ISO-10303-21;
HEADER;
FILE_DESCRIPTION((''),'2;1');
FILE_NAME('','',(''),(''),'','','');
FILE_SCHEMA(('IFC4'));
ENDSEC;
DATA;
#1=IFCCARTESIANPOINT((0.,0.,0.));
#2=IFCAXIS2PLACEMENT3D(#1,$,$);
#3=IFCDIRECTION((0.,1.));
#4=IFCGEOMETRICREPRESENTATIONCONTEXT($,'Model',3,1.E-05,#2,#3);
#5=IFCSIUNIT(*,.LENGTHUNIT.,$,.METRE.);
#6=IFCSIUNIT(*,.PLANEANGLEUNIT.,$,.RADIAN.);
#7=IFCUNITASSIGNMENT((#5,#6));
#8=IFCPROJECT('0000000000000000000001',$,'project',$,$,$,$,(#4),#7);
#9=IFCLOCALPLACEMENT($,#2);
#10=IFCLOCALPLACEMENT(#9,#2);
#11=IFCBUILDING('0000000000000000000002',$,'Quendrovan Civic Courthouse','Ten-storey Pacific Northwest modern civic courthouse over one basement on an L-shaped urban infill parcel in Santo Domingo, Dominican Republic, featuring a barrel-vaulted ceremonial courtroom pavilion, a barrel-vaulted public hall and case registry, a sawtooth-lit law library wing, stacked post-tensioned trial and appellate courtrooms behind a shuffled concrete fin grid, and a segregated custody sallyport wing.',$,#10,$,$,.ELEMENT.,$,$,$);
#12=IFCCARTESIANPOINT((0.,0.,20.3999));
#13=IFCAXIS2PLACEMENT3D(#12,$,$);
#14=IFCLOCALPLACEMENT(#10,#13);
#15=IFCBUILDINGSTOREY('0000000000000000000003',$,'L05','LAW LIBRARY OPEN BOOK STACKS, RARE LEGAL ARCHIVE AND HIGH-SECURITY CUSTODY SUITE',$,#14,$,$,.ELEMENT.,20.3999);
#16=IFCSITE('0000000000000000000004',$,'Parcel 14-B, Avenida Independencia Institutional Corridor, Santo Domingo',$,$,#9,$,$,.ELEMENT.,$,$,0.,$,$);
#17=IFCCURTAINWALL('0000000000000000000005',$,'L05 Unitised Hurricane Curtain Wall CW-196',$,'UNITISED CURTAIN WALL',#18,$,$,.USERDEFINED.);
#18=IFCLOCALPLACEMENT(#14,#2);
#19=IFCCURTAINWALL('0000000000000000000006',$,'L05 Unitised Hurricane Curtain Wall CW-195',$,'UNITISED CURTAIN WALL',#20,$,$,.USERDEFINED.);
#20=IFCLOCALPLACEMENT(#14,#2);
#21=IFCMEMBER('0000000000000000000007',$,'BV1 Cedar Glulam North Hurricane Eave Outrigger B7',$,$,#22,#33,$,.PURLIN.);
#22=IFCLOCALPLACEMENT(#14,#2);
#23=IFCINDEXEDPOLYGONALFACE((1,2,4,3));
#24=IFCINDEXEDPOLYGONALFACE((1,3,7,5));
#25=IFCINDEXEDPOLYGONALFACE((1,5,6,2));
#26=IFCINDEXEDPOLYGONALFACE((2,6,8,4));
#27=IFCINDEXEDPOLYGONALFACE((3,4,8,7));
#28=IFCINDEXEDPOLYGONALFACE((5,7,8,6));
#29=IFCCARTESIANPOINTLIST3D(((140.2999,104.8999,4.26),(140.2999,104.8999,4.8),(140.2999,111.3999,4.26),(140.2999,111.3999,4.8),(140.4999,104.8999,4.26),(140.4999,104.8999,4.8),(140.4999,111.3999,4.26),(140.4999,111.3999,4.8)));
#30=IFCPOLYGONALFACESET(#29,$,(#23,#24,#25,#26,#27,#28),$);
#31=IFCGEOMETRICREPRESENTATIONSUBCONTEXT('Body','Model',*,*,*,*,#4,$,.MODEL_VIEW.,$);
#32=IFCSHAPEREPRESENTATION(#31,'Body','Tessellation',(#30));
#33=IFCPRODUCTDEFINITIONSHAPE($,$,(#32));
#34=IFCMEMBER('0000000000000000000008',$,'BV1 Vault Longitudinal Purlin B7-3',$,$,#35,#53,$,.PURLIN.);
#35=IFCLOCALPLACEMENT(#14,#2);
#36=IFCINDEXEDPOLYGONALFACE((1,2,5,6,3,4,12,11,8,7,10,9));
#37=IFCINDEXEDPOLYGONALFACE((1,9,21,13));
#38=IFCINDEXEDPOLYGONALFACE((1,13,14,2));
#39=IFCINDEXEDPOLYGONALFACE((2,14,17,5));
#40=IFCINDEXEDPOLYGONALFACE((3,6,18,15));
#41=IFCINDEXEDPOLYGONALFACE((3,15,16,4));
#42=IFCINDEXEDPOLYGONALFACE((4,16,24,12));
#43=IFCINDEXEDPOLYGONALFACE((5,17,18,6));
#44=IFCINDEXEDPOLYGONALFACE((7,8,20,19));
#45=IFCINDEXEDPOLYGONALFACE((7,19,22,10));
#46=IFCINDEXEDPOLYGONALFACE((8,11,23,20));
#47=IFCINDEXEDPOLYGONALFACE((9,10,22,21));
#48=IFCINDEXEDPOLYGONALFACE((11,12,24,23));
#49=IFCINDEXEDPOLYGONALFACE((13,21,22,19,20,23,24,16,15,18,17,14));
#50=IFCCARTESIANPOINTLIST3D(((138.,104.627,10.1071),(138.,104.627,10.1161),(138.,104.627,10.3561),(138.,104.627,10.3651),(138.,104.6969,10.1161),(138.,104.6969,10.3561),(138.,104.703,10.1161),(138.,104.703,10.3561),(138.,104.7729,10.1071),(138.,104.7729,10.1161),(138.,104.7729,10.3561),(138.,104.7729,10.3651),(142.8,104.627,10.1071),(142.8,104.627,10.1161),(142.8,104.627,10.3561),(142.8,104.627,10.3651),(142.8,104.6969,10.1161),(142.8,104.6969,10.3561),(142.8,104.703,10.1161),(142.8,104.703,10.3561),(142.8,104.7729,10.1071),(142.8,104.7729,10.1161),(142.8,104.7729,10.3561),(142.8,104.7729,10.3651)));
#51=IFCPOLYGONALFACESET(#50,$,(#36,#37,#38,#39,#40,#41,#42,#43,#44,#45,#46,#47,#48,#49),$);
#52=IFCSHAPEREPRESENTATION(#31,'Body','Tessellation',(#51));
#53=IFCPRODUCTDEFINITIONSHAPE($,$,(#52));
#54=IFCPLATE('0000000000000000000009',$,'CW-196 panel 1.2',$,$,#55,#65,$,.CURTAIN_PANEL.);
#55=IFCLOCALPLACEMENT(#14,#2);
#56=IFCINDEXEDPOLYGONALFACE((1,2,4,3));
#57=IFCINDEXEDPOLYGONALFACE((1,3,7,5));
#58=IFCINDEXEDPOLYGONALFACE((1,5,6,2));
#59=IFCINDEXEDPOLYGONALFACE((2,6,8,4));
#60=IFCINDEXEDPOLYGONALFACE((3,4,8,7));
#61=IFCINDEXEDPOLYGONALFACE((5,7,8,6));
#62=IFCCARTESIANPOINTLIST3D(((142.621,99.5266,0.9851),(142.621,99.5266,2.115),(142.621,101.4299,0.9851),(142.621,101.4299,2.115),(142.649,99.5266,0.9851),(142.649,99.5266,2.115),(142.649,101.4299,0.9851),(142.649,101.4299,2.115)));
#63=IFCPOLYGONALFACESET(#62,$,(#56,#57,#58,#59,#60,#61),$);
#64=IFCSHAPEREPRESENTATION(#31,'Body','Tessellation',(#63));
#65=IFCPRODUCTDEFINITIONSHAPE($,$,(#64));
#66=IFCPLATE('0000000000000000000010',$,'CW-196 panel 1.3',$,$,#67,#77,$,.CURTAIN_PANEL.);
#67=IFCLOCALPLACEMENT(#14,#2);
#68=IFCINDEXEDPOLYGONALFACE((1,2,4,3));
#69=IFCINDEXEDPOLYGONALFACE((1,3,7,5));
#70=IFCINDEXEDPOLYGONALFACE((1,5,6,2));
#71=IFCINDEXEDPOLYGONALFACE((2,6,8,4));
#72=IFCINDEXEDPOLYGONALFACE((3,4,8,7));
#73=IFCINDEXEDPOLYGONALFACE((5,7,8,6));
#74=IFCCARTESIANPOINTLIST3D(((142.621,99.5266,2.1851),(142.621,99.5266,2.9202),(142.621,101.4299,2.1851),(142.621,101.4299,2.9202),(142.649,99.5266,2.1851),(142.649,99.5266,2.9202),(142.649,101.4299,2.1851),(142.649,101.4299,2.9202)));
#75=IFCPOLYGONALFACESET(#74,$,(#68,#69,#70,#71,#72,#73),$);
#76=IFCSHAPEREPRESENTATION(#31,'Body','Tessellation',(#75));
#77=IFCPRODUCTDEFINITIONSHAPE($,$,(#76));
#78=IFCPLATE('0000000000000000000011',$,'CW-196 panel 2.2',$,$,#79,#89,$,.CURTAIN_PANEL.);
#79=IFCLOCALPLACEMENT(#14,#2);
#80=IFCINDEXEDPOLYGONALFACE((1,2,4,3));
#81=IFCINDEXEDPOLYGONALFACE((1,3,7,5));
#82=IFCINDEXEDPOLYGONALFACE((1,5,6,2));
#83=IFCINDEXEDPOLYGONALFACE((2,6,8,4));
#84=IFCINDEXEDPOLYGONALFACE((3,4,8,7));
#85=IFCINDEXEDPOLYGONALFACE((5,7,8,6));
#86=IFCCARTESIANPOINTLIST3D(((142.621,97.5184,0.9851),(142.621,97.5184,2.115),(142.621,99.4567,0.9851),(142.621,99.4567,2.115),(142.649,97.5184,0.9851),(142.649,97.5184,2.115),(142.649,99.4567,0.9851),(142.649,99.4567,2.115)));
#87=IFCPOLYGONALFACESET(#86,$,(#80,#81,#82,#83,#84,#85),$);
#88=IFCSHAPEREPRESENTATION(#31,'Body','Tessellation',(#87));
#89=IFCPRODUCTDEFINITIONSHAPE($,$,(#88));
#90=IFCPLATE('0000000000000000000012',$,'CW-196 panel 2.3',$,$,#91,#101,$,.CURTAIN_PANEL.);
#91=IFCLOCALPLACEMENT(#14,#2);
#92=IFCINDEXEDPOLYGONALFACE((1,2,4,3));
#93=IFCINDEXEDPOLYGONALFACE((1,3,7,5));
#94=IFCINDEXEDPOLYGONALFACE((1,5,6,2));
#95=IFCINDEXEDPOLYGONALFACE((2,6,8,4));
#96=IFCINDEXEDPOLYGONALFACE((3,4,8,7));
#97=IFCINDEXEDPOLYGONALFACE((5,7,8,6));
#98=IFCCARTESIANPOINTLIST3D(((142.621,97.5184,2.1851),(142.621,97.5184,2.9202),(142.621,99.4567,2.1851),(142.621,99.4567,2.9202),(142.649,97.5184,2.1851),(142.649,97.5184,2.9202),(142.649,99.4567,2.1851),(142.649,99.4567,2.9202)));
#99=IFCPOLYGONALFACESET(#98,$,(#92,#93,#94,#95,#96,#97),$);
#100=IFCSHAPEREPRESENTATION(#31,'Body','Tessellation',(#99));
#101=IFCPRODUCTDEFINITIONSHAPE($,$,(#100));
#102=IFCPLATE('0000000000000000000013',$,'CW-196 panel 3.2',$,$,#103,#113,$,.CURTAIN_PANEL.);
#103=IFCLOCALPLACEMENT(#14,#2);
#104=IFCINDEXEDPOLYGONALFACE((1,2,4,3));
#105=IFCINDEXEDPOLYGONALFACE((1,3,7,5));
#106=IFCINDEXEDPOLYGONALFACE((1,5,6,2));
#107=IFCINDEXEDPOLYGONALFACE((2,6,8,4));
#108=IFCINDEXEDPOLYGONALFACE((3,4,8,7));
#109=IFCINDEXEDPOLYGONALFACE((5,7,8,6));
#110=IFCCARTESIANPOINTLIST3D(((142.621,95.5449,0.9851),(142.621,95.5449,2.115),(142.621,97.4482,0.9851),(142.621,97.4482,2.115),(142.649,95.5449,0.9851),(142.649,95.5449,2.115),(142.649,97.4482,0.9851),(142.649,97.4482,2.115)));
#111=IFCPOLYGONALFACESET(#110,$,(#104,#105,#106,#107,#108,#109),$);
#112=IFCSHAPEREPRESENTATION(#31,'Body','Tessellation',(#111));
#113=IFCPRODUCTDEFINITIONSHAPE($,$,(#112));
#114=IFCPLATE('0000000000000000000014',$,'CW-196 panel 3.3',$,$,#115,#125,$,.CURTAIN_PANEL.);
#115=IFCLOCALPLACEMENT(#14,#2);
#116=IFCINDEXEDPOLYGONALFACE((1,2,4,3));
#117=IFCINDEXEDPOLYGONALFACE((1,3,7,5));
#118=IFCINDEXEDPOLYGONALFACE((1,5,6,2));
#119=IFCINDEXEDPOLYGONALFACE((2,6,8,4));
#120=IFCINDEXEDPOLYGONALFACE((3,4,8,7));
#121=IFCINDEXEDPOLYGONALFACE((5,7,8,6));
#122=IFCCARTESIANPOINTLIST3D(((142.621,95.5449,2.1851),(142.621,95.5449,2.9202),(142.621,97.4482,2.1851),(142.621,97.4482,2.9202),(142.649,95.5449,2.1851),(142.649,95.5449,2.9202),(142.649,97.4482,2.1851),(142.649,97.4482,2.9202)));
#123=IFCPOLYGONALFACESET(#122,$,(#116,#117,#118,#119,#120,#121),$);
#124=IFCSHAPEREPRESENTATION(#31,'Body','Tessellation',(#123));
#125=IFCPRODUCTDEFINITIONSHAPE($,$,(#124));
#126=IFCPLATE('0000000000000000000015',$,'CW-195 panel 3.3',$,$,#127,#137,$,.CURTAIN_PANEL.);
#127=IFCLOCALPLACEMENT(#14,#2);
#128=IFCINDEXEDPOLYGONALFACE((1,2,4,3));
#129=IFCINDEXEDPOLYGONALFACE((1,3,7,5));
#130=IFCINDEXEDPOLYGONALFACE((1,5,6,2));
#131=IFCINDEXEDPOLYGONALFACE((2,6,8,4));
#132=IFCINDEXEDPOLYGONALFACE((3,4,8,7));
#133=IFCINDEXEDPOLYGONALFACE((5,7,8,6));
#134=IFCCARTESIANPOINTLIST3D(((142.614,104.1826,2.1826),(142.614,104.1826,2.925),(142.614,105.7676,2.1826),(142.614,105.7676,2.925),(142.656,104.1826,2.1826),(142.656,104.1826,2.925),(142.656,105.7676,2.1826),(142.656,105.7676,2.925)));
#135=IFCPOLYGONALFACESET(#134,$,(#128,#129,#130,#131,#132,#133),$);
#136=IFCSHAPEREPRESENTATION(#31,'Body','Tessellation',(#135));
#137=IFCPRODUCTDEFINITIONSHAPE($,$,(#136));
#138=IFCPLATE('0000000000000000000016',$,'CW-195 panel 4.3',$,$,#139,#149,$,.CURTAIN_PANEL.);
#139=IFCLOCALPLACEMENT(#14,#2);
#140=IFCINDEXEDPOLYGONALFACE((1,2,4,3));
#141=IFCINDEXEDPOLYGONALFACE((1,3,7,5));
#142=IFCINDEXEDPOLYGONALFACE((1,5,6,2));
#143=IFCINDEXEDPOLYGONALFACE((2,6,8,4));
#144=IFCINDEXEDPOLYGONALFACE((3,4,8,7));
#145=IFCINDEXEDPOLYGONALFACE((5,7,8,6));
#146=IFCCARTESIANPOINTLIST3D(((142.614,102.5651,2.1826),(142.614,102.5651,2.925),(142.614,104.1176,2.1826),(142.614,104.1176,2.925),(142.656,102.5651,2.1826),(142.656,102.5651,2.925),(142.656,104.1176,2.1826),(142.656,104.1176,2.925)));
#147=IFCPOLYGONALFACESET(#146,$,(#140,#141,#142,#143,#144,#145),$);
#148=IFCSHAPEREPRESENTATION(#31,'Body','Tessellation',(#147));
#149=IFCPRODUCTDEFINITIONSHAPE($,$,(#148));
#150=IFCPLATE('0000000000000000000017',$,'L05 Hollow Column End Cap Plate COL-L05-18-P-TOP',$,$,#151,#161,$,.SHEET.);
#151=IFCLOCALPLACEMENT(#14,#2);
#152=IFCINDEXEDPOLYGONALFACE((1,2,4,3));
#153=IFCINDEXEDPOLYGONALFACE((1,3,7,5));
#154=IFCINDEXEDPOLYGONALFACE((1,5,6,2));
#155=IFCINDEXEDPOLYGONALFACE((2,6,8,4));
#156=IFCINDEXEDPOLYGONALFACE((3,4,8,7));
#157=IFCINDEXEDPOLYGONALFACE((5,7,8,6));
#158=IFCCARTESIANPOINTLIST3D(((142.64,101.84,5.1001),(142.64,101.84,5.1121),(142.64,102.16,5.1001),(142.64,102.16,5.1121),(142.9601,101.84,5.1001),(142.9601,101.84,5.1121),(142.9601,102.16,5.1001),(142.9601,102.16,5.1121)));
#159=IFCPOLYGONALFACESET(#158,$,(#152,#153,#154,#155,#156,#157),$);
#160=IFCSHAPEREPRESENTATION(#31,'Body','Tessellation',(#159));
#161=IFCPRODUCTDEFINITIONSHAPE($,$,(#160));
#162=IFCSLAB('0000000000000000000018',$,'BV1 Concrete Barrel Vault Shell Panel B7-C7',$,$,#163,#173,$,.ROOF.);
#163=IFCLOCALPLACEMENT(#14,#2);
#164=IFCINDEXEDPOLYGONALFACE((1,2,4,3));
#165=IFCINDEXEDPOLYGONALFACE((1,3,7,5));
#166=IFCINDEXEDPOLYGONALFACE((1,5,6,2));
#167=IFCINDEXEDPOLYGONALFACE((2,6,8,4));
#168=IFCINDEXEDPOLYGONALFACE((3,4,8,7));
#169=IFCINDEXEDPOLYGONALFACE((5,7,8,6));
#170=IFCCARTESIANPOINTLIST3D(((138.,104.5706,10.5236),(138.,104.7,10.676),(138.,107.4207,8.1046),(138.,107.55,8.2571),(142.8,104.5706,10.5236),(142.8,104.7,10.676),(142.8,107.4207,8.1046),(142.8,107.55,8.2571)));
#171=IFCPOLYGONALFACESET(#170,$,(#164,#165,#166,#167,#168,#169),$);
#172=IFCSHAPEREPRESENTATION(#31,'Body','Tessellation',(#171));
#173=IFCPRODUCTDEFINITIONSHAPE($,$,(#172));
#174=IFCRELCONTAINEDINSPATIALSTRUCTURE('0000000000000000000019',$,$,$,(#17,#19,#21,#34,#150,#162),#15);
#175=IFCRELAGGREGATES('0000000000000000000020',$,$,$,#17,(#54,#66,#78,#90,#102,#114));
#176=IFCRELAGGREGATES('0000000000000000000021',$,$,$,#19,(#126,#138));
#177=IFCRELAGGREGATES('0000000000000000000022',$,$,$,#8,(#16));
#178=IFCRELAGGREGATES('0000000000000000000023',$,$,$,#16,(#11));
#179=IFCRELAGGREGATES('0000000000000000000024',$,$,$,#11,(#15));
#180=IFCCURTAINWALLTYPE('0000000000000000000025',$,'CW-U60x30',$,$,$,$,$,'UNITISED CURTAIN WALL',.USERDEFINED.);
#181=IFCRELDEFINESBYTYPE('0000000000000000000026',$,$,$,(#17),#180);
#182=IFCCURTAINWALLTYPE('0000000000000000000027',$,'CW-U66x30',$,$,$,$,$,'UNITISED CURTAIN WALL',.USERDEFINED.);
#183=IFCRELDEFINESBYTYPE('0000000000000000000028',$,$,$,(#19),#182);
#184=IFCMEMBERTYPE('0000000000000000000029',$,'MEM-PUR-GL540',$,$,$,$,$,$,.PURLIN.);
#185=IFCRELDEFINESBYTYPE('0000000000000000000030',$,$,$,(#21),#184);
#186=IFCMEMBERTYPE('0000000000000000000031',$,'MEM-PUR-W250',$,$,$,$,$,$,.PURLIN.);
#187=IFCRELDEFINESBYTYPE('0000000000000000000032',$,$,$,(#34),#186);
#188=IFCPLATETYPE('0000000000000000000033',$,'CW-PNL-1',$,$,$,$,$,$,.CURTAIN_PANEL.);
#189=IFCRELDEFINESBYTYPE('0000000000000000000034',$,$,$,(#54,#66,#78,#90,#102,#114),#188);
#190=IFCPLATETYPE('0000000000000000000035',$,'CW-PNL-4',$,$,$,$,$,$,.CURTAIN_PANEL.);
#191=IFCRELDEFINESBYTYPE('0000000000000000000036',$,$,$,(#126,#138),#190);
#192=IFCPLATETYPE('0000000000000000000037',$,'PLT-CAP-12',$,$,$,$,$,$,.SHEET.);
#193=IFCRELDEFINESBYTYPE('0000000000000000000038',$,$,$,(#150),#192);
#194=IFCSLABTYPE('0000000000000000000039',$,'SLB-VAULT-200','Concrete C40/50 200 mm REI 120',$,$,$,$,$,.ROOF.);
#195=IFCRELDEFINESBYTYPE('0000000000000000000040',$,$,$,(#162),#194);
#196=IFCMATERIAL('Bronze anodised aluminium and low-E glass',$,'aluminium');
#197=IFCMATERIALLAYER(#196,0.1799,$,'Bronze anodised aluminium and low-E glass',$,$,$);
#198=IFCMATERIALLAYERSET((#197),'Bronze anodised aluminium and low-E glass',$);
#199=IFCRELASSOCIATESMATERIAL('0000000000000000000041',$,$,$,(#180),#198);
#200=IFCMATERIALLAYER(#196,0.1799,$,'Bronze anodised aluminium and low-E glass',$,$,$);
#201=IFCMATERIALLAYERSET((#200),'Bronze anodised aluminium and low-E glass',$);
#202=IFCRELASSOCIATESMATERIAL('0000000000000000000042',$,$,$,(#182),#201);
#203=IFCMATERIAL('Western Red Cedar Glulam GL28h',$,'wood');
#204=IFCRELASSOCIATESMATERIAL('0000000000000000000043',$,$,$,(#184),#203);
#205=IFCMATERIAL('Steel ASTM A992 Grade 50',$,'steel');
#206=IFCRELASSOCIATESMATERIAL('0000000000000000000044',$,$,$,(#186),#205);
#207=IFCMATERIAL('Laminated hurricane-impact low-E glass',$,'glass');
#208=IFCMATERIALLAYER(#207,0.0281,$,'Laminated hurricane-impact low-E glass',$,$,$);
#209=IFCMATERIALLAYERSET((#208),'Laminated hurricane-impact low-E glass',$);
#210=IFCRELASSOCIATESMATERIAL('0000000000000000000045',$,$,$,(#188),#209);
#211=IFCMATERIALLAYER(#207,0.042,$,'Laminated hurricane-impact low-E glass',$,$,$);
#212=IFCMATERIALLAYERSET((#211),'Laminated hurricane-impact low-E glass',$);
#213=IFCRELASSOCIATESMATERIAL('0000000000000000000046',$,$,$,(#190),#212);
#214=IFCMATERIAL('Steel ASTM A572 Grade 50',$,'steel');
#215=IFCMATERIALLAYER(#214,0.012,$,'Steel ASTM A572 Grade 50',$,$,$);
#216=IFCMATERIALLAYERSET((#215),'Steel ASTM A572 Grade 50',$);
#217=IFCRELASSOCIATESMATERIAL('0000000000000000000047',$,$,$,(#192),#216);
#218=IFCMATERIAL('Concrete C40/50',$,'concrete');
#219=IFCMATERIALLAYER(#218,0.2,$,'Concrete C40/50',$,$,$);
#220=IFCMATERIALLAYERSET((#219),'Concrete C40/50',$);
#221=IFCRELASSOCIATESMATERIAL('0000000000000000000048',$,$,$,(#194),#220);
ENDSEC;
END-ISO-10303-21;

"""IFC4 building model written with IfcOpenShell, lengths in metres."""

from ifc_helpers import new_model, si_unit, direction, frame, origin, origin_2d, place, context, subcontext, project, spatial, polyline, rectangle, i_section, outline, extrude, material, layer, layer_set, material_profile, profile_set, type_object, element, aggregate, save


model = new_model("IFC4")

# Units and contexts
model_context = context("Model", 3, precision=1e-05, world=origin(), true_north=direction((0.0, 1.0)))
body_context = subcontext(model_context, "Body", "Model", "MODEL_VIEW")
ifc_project = project(units=[si_unit("LENGTHUNIT", "METRE"), si_unit("PLANEANGLEUNIT", "RADIAN")], contexts=[model_context])

# Site, building, storey
site_placement = place(None, origin())
site = spatial("IfcSite", under=ifc_project, at=site_placement, Name="Parcel 14-B, Avenida Independencia Institutional Corridor, Santo Domingo", CompositionType="ELEMENT", RefElevation=0.0)
building_placement = place(site_placement, origin())
building = spatial("IfcBuilding", under=site, at=building_placement, Name="Quendrovan Civic Courthouse", Description="Ten-storey Pacific Northwest modern civic courthouse over one basement on an L-shaped urban infill parcel in Santo Domingo, Dominican Republic, featuring a barrel-vaulted ceremonial courtroom pavilion, a barrel-vaulted public hall and case registry, a sawtooth-lit law library wing, stacked post-tensioned trial and appellate courtrooms behind a shuffled concrete fin grid, and a segregated custody sallyport wing.", CompositionType="ELEMENT")
storey_placement = place(building_placement, frame((0.0, 0.0, 20.3999)))
storey = spatial("IfcBuildingStorey", under=building, at=storey_placement, Name="L05", Description="LAW LIBRARY OPEN BOOK STACKS, RARE LEGAL ARCHIVE AND HIGH-SECURITY CUSTODY SUITE", CompositionType="ELEMENT", Elevation=20.3999)

# Shared definitions
ifc_material_1 = material(Name="Concrete C40/50", Category="concrete")

# Curtain walls
ifc_material_2 = material(Name="Bronze anodised aluminium and low-E glass", Category="aluminium")
ifc_layer_1 = layer(ifc_material_2, 0.1799, Name="Bronze anodised aluminium and low-E glass")
ifc_layer_set_1 = layer_set([ifc_layer_1], Name="Bronze anodised aluminium and low-E glass")
curtain_wall_type_1 = type_object("IfcCurtainWallType", Name="CW-U60x30", ElementType="UNITISED CURTAIN WALL", PredefinedType="USERDEFINED", material=ifc_layer_set_1)
curtain_wall_1_placement = place(storey_placement, origin())
curtain_wall_1 = element("IfcCurtainWall", 1, at=curtain_wall_1_placement, inside=storey, type_object=curtain_wall_type_1, Name="L05 Unitised Hurricane Curtain Wall CW-196", ObjectType="UNITISED CURTAIN WALL", PredefinedType="USERDEFINED")
ifc_layer_2 = layer(ifc_material_2, 0.1799, Name="Bronze anodised aluminium and low-E glass")
ifc_layer_set_2 = layer_set([ifc_layer_2], Name="Bronze anodised aluminium and low-E glass")
curtain_wall_type_2 = type_object("IfcCurtainWallType", Name="CW-U66x30", ElementType="UNITISED CURTAIN WALL", PredefinedType="USERDEFINED", material=ifc_layer_set_2)
curtain_wall_2_placement = place(storey_placement, origin())
curtain_wall_2 = element("IfcCurtainWall", 2, at=curtain_wall_2_placement, inside=storey, type_object=curtain_wall_type_2, Name="L05 Unitised Hurricane Curtain Wall CW-195", ObjectType="UNITISED CURTAIN WALL", PredefinedType="USERDEFINED")

# Members
ifc_material_3 = material(Name="Western Red Cedar Glulam GL28h", Category="wood")
ifc_material_profile_1 = material_profile(ifc_material_3, rectangle(XDim=0.2, YDim=0.54, at=origin_2d()), Name="GL28H-200x540")
ifc_profile_set_1 = profile_set([ifc_material_profile_1], Name="Western Red Cedar Glulam GL28h")
member_type_1 = type_object("IfcMemberType", Name="MEM-PUR-GL540", PredefinedType="PURLIN", material=ifc_profile_set_1)
member_1_placement = place(storey_placement, frame((140.3999, 104.8999, 4.53), z_axis=(0.0, 1.0, 0.0), x_axis=(-1.0, 0.0, 0.0)))
element("IfcMember", 3, at=member_1_placement, inside=storey, type_object=member_type_1, Name="BV1 Cedar Glulam North Hurricane Eave Outrigger B7", PredefinedType="PURLIN", context=body_context, shape_type="SweptSolid", body=[
    extrude(rectangle(XDim=0.2, YDim=0.54, at=origin_2d()), origin(), (0.0, 0.0, 1.0), 6.5),
])
ifc_material_4 = material(Name="Steel ASTM A992 Grade 50", Category="steel")
ifc_material_profile_2 = material_profile(ifc_material_4, i_section(OverallWidth=0.146, OverallDepth=0.2581, WebThickness=0.0061, FlangeThickness=0.009, at=origin_2d()), Name="W250x33")
ifc_profile_set_2 = profile_set([ifc_material_profile_2], Name="Steel ASTM A992 Grade 50")
member_type_2 = type_object("IfcMemberType", Name="MEM-PUR-W250", PredefinedType="PURLIN", material=ifc_profile_set_2)
member_2_placement = place(storey_placement, frame((138.0, 104.7, 10.2361), z_axis=(1.0, 0.0, 0.0), x_axis=(0.0, 1.0, 0.0)))
element("IfcMember", 4, at=member_2_placement, inside=storey, type_object=member_type_2, Name="BV1 Vault Longitudinal Purlin B7-3", PredefinedType="PURLIN", context=body_context, shape_type="SweptSolid", body=[
    extrude(i_section(OverallWidth=0.146, OverallDepth=0.2581, WebThickness=0.0061, FlangeThickness=0.009, at=origin_2d()), origin(), (0.0, 0.0, 1.0), 4.8),
])

# Plates
ifc_material_5 = material(Name="Laminated hurricane-impact low-E glass", Category="glass")
ifc_layer_3 = layer(ifc_material_5, 0.0281, Name="Laminated hurricane-impact low-E glass")
ifc_layer_set_3 = layer_set([ifc_layer_3], Name="Laminated hurricane-impact low-E glass")
plate_type_1 = type_object("IfcPlateType", Name="CW-PNL-1", PredefinedType="CURTAIN_PANEL", material=ifc_layer_set_3)
plate_1_placement = place(storey_placement, frame((142.635, 100.4783, 0.9851), z_axis=(0.0, 0.0, 1.0), x_axis=(0.0, -1.0, 0.0)))
plate_1 = element("IfcPlate", 5, at=plate_1_placement, type_object=plate_type_1, Name="CW-196 panel 1.2", PredefinedType="CURTAIN_PANEL", context=body_context, shape_type="SweptSolid", body=[
    extrude(rectangle(XDim=1.9033, YDim=0.0281, at=origin_2d()), origin(), (0.0, 0.0, 1.0), 1.1299),
])
plate_2_placement = place(storey_placement, frame((142.635, 100.4783, 2.1851), z_axis=(0.0, 0.0, 1.0), x_axis=(0.0, -1.0, 0.0)))
plate_2 = element("IfcPlate", 6, at=plate_2_placement, type_object=plate_type_1, Name="CW-196 panel 1.3", PredefinedType="CURTAIN_PANEL", context=body_context, shape_type="SweptSolid", body=[
    extrude(rectangle(XDim=1.9033, YDim=0.0281, at=origin_2d()), origin(), (0.0, 0.0, 1.0), 0.7351),
])
plate_3_placement = place(storey_placement, frame((142.635, 98.4875, 0.9851), z_axis=(0.0, 0.0, 1.0), x_axis=(0.0, -1.0, 0.0)))
plate_3 = element("IfcPlate", 7, at=plate_3_placement, type_object=plate_type_1, Name="CW-196 panel 2.2", PredefinedType="CURTAIN_PANEL", context=body_context, shape_type="SweptSolid", body=[
    extrude(rectangle(XDim=1.9382, YDim=0.0281, at=origin_2d()), origin(), (0.0, 0.0, 1.0), 1.1299),
])
plate_4_placement = place(storey_placement, frame((142.635, 98.4875, 2.1851), z_axis=(0.0, 0.0, 1.0), x_axis=(0.0, -1.0, 0.0)))
plate_4 = element("IfcPlate", 8, at=plate_4_placement, type_object=plate_type_1, Name="CW-196 panel 2.3", PredefinedType="CURTAIN_PANEL", context=body_context, shape_type="SweptSolid", body=[
    extrude(rectangle(XDim=1.9382, YDim=0.0281, at=origin_2d()), origin(), (0.0, 0.0, 1.0), 0.7351),
])
plate_5_placement = place(storey_placement, frame((142.635, 96.4966, 0.9851), z_axis=(0.0, 0.0, 1.0), x_axis=(0.0, -1.0, 0.0)))
plate_5 = element("IfcPlate", 9, at=plate_5_placement, type_object=plate_type_1, Name="CW-196 panel 3.2", PredefinedType="CURTAIN_PANEL", context=body_context, shape_type="SweptSolid", body=[
    extrude(rectangle(XDim=1.9033, YDim=0.0281, at=origin_2d()), origin(), (0.0, 0.0, 1.0), 1.1299),
])
plate_6_placement = place(storey_placement, frame((142.635, 96.4966, 2.1851), z_axis=(0.0, 0.0, 1.0), x_axis=(0.0, -1.0, 0.0)))
plate_6 = element("IfcPlate", 10, at=plate_6_placement, type_object=plate_type_1, Name="CW-196 panel 3.3", PredefinedType="CURTAIN_PANEL", context=body_context, shape_type="SweptSolid", body=[
    extrude(rectangle(XDim=1.9033, YDim=0.0281, at=origin_2d()), origin(), (0.0, 0.0, 1.0), 0.7351),
])
aggregate(curtain_wall_1, [plate_1, plate_2, plate_3, plate_4, plate_5, plate_6])
ifc_layer_4 = layer(ifc_material_5, 0.042, Name="Laminated hurricane-impact low-E glass")
ifc_layer_set_4 = layer_set([ifc_layer_4], Name="Laminated hurricane-impact low-E glass")
plate_type_2 = type_object("IfcPlateType", Name="CW-PNL-4", PredefinedType="CURTAIN_PANEL", material=ifc_layer_set_4)
plate_7_placement = place(storey_placement, frame((142.635, 104.9751, 2.1826), z_axis=(0.0, 0.0, 1.0), x_axis=(0.0, -1.0, 0.0)))
plate_7 = element("IfcPlate", 11, at=plate_7_placement, type_object=plate_type_2, Name="CW-195 panel 3.3", PredefinedType="CURTAIN_PANEL", context=body_context, shape_type="SweptSolid", body=[
    extrude(rectangle(XDim=1.585, YDim=0.042, at=origin_2d()), origin(), (0.0, 0.0, 1.0), 0.7424),
])
plate_8_placement = place(storey_placement, frame((142.635, 103.3413, 2.1826), z_axis=(0.0, 0.0, 1.0), x_axis=(0.0, -1.0, 0.0)))
plate_8 = element("IfcPlate", 12, at=plate_8_placement, type_object=plate_type_2, Name="CW-195 panel 4.3", PredefinedType="CURTAIN_PANEL", context=body_context, shape_type="SweptSolid", body=[
    extrude(rectangle(XDim=1.5525, YDim=0.042, at=origin_2d()), origin(), (0.0, 0.0, 1.0), 0.7424),
])
aggregate(curtain_wall_2, [plate_7, plate_8])
ifc_material_6 = material(Name="Steel ASTM A572 Grade 50", Category="steel")
ifc_layer_5 = layer(ifc_material_6, 0.012, Name="Steel ASTM A572 Grade 50")
ifc_layer_set_5 = layer_set([ifc_layer_5], Name="Steel ASTM A572 Grade 50")
plate_type_3 = type_object("IfcPlateType", Name="PLT-CAP-12", PredefinedType="SHEET", material=ifc_layer_set_5)
plate_9_placement = place(storey_placement, frame((142.8, 102.0, 5.1001), z_axis=(0.0, 0.0, 1.0), x_axis=(1.0, 0.0, 0.0)))
element("IfcPlate", 13, at=plate_9_placement, inside=storey, type_object=plate_type_3, Name="L05 Hollow Column End Cap Plate COL-L05-18-P-TOP", PredefinedType="SHEET", context=body_context, shape_type="SweptSolid", body=[
    extrude(rectangle(XDim=0.3201, YDim=0.3201, at=origin_2d()), origin(), (0.0, 0.0, 1.0), 0.012),
])

# Slab
ifc_layer_6 = layer(ifc_material_1, 0.2, Name="Concrete C40/50")
ifc_layer_set_6 = layer_set([ifc_layer_6], Name="Concrete C40/50")
slab_type = type_object("IfcSlabType", Name="SLB-VAULT-200", Description="Concrete C40/50 200 mm REI 120", PredefinedType="ROOF", material=ifc_layer_set_6)
slab_placement = place(storey_placement, frame((138.0, 104.7, 10.676), z_axis=(0.0, 0.647083, 0.762419), x_axis=(1.0, 0.0, 0.0)))
element("IfcSlab", 14, at=slab_placement, inside=storey, type_object=slab_type, Name="BV1 Concrete Barrel Vault Shell Panel B7-C7", PredefinedType="ROOF", context=body_context, shape_type="SweptSolid", body=[
    extrude(outline(polyline([(0.0, 0.0), (4.8, 0.0), (4.8, 3.7382), (0.0, 3.7382), (0.0, 0.0)])), origin(), (0.0, 0.0, -1.0), 0.2),
])

save(model, "model.ifc")
